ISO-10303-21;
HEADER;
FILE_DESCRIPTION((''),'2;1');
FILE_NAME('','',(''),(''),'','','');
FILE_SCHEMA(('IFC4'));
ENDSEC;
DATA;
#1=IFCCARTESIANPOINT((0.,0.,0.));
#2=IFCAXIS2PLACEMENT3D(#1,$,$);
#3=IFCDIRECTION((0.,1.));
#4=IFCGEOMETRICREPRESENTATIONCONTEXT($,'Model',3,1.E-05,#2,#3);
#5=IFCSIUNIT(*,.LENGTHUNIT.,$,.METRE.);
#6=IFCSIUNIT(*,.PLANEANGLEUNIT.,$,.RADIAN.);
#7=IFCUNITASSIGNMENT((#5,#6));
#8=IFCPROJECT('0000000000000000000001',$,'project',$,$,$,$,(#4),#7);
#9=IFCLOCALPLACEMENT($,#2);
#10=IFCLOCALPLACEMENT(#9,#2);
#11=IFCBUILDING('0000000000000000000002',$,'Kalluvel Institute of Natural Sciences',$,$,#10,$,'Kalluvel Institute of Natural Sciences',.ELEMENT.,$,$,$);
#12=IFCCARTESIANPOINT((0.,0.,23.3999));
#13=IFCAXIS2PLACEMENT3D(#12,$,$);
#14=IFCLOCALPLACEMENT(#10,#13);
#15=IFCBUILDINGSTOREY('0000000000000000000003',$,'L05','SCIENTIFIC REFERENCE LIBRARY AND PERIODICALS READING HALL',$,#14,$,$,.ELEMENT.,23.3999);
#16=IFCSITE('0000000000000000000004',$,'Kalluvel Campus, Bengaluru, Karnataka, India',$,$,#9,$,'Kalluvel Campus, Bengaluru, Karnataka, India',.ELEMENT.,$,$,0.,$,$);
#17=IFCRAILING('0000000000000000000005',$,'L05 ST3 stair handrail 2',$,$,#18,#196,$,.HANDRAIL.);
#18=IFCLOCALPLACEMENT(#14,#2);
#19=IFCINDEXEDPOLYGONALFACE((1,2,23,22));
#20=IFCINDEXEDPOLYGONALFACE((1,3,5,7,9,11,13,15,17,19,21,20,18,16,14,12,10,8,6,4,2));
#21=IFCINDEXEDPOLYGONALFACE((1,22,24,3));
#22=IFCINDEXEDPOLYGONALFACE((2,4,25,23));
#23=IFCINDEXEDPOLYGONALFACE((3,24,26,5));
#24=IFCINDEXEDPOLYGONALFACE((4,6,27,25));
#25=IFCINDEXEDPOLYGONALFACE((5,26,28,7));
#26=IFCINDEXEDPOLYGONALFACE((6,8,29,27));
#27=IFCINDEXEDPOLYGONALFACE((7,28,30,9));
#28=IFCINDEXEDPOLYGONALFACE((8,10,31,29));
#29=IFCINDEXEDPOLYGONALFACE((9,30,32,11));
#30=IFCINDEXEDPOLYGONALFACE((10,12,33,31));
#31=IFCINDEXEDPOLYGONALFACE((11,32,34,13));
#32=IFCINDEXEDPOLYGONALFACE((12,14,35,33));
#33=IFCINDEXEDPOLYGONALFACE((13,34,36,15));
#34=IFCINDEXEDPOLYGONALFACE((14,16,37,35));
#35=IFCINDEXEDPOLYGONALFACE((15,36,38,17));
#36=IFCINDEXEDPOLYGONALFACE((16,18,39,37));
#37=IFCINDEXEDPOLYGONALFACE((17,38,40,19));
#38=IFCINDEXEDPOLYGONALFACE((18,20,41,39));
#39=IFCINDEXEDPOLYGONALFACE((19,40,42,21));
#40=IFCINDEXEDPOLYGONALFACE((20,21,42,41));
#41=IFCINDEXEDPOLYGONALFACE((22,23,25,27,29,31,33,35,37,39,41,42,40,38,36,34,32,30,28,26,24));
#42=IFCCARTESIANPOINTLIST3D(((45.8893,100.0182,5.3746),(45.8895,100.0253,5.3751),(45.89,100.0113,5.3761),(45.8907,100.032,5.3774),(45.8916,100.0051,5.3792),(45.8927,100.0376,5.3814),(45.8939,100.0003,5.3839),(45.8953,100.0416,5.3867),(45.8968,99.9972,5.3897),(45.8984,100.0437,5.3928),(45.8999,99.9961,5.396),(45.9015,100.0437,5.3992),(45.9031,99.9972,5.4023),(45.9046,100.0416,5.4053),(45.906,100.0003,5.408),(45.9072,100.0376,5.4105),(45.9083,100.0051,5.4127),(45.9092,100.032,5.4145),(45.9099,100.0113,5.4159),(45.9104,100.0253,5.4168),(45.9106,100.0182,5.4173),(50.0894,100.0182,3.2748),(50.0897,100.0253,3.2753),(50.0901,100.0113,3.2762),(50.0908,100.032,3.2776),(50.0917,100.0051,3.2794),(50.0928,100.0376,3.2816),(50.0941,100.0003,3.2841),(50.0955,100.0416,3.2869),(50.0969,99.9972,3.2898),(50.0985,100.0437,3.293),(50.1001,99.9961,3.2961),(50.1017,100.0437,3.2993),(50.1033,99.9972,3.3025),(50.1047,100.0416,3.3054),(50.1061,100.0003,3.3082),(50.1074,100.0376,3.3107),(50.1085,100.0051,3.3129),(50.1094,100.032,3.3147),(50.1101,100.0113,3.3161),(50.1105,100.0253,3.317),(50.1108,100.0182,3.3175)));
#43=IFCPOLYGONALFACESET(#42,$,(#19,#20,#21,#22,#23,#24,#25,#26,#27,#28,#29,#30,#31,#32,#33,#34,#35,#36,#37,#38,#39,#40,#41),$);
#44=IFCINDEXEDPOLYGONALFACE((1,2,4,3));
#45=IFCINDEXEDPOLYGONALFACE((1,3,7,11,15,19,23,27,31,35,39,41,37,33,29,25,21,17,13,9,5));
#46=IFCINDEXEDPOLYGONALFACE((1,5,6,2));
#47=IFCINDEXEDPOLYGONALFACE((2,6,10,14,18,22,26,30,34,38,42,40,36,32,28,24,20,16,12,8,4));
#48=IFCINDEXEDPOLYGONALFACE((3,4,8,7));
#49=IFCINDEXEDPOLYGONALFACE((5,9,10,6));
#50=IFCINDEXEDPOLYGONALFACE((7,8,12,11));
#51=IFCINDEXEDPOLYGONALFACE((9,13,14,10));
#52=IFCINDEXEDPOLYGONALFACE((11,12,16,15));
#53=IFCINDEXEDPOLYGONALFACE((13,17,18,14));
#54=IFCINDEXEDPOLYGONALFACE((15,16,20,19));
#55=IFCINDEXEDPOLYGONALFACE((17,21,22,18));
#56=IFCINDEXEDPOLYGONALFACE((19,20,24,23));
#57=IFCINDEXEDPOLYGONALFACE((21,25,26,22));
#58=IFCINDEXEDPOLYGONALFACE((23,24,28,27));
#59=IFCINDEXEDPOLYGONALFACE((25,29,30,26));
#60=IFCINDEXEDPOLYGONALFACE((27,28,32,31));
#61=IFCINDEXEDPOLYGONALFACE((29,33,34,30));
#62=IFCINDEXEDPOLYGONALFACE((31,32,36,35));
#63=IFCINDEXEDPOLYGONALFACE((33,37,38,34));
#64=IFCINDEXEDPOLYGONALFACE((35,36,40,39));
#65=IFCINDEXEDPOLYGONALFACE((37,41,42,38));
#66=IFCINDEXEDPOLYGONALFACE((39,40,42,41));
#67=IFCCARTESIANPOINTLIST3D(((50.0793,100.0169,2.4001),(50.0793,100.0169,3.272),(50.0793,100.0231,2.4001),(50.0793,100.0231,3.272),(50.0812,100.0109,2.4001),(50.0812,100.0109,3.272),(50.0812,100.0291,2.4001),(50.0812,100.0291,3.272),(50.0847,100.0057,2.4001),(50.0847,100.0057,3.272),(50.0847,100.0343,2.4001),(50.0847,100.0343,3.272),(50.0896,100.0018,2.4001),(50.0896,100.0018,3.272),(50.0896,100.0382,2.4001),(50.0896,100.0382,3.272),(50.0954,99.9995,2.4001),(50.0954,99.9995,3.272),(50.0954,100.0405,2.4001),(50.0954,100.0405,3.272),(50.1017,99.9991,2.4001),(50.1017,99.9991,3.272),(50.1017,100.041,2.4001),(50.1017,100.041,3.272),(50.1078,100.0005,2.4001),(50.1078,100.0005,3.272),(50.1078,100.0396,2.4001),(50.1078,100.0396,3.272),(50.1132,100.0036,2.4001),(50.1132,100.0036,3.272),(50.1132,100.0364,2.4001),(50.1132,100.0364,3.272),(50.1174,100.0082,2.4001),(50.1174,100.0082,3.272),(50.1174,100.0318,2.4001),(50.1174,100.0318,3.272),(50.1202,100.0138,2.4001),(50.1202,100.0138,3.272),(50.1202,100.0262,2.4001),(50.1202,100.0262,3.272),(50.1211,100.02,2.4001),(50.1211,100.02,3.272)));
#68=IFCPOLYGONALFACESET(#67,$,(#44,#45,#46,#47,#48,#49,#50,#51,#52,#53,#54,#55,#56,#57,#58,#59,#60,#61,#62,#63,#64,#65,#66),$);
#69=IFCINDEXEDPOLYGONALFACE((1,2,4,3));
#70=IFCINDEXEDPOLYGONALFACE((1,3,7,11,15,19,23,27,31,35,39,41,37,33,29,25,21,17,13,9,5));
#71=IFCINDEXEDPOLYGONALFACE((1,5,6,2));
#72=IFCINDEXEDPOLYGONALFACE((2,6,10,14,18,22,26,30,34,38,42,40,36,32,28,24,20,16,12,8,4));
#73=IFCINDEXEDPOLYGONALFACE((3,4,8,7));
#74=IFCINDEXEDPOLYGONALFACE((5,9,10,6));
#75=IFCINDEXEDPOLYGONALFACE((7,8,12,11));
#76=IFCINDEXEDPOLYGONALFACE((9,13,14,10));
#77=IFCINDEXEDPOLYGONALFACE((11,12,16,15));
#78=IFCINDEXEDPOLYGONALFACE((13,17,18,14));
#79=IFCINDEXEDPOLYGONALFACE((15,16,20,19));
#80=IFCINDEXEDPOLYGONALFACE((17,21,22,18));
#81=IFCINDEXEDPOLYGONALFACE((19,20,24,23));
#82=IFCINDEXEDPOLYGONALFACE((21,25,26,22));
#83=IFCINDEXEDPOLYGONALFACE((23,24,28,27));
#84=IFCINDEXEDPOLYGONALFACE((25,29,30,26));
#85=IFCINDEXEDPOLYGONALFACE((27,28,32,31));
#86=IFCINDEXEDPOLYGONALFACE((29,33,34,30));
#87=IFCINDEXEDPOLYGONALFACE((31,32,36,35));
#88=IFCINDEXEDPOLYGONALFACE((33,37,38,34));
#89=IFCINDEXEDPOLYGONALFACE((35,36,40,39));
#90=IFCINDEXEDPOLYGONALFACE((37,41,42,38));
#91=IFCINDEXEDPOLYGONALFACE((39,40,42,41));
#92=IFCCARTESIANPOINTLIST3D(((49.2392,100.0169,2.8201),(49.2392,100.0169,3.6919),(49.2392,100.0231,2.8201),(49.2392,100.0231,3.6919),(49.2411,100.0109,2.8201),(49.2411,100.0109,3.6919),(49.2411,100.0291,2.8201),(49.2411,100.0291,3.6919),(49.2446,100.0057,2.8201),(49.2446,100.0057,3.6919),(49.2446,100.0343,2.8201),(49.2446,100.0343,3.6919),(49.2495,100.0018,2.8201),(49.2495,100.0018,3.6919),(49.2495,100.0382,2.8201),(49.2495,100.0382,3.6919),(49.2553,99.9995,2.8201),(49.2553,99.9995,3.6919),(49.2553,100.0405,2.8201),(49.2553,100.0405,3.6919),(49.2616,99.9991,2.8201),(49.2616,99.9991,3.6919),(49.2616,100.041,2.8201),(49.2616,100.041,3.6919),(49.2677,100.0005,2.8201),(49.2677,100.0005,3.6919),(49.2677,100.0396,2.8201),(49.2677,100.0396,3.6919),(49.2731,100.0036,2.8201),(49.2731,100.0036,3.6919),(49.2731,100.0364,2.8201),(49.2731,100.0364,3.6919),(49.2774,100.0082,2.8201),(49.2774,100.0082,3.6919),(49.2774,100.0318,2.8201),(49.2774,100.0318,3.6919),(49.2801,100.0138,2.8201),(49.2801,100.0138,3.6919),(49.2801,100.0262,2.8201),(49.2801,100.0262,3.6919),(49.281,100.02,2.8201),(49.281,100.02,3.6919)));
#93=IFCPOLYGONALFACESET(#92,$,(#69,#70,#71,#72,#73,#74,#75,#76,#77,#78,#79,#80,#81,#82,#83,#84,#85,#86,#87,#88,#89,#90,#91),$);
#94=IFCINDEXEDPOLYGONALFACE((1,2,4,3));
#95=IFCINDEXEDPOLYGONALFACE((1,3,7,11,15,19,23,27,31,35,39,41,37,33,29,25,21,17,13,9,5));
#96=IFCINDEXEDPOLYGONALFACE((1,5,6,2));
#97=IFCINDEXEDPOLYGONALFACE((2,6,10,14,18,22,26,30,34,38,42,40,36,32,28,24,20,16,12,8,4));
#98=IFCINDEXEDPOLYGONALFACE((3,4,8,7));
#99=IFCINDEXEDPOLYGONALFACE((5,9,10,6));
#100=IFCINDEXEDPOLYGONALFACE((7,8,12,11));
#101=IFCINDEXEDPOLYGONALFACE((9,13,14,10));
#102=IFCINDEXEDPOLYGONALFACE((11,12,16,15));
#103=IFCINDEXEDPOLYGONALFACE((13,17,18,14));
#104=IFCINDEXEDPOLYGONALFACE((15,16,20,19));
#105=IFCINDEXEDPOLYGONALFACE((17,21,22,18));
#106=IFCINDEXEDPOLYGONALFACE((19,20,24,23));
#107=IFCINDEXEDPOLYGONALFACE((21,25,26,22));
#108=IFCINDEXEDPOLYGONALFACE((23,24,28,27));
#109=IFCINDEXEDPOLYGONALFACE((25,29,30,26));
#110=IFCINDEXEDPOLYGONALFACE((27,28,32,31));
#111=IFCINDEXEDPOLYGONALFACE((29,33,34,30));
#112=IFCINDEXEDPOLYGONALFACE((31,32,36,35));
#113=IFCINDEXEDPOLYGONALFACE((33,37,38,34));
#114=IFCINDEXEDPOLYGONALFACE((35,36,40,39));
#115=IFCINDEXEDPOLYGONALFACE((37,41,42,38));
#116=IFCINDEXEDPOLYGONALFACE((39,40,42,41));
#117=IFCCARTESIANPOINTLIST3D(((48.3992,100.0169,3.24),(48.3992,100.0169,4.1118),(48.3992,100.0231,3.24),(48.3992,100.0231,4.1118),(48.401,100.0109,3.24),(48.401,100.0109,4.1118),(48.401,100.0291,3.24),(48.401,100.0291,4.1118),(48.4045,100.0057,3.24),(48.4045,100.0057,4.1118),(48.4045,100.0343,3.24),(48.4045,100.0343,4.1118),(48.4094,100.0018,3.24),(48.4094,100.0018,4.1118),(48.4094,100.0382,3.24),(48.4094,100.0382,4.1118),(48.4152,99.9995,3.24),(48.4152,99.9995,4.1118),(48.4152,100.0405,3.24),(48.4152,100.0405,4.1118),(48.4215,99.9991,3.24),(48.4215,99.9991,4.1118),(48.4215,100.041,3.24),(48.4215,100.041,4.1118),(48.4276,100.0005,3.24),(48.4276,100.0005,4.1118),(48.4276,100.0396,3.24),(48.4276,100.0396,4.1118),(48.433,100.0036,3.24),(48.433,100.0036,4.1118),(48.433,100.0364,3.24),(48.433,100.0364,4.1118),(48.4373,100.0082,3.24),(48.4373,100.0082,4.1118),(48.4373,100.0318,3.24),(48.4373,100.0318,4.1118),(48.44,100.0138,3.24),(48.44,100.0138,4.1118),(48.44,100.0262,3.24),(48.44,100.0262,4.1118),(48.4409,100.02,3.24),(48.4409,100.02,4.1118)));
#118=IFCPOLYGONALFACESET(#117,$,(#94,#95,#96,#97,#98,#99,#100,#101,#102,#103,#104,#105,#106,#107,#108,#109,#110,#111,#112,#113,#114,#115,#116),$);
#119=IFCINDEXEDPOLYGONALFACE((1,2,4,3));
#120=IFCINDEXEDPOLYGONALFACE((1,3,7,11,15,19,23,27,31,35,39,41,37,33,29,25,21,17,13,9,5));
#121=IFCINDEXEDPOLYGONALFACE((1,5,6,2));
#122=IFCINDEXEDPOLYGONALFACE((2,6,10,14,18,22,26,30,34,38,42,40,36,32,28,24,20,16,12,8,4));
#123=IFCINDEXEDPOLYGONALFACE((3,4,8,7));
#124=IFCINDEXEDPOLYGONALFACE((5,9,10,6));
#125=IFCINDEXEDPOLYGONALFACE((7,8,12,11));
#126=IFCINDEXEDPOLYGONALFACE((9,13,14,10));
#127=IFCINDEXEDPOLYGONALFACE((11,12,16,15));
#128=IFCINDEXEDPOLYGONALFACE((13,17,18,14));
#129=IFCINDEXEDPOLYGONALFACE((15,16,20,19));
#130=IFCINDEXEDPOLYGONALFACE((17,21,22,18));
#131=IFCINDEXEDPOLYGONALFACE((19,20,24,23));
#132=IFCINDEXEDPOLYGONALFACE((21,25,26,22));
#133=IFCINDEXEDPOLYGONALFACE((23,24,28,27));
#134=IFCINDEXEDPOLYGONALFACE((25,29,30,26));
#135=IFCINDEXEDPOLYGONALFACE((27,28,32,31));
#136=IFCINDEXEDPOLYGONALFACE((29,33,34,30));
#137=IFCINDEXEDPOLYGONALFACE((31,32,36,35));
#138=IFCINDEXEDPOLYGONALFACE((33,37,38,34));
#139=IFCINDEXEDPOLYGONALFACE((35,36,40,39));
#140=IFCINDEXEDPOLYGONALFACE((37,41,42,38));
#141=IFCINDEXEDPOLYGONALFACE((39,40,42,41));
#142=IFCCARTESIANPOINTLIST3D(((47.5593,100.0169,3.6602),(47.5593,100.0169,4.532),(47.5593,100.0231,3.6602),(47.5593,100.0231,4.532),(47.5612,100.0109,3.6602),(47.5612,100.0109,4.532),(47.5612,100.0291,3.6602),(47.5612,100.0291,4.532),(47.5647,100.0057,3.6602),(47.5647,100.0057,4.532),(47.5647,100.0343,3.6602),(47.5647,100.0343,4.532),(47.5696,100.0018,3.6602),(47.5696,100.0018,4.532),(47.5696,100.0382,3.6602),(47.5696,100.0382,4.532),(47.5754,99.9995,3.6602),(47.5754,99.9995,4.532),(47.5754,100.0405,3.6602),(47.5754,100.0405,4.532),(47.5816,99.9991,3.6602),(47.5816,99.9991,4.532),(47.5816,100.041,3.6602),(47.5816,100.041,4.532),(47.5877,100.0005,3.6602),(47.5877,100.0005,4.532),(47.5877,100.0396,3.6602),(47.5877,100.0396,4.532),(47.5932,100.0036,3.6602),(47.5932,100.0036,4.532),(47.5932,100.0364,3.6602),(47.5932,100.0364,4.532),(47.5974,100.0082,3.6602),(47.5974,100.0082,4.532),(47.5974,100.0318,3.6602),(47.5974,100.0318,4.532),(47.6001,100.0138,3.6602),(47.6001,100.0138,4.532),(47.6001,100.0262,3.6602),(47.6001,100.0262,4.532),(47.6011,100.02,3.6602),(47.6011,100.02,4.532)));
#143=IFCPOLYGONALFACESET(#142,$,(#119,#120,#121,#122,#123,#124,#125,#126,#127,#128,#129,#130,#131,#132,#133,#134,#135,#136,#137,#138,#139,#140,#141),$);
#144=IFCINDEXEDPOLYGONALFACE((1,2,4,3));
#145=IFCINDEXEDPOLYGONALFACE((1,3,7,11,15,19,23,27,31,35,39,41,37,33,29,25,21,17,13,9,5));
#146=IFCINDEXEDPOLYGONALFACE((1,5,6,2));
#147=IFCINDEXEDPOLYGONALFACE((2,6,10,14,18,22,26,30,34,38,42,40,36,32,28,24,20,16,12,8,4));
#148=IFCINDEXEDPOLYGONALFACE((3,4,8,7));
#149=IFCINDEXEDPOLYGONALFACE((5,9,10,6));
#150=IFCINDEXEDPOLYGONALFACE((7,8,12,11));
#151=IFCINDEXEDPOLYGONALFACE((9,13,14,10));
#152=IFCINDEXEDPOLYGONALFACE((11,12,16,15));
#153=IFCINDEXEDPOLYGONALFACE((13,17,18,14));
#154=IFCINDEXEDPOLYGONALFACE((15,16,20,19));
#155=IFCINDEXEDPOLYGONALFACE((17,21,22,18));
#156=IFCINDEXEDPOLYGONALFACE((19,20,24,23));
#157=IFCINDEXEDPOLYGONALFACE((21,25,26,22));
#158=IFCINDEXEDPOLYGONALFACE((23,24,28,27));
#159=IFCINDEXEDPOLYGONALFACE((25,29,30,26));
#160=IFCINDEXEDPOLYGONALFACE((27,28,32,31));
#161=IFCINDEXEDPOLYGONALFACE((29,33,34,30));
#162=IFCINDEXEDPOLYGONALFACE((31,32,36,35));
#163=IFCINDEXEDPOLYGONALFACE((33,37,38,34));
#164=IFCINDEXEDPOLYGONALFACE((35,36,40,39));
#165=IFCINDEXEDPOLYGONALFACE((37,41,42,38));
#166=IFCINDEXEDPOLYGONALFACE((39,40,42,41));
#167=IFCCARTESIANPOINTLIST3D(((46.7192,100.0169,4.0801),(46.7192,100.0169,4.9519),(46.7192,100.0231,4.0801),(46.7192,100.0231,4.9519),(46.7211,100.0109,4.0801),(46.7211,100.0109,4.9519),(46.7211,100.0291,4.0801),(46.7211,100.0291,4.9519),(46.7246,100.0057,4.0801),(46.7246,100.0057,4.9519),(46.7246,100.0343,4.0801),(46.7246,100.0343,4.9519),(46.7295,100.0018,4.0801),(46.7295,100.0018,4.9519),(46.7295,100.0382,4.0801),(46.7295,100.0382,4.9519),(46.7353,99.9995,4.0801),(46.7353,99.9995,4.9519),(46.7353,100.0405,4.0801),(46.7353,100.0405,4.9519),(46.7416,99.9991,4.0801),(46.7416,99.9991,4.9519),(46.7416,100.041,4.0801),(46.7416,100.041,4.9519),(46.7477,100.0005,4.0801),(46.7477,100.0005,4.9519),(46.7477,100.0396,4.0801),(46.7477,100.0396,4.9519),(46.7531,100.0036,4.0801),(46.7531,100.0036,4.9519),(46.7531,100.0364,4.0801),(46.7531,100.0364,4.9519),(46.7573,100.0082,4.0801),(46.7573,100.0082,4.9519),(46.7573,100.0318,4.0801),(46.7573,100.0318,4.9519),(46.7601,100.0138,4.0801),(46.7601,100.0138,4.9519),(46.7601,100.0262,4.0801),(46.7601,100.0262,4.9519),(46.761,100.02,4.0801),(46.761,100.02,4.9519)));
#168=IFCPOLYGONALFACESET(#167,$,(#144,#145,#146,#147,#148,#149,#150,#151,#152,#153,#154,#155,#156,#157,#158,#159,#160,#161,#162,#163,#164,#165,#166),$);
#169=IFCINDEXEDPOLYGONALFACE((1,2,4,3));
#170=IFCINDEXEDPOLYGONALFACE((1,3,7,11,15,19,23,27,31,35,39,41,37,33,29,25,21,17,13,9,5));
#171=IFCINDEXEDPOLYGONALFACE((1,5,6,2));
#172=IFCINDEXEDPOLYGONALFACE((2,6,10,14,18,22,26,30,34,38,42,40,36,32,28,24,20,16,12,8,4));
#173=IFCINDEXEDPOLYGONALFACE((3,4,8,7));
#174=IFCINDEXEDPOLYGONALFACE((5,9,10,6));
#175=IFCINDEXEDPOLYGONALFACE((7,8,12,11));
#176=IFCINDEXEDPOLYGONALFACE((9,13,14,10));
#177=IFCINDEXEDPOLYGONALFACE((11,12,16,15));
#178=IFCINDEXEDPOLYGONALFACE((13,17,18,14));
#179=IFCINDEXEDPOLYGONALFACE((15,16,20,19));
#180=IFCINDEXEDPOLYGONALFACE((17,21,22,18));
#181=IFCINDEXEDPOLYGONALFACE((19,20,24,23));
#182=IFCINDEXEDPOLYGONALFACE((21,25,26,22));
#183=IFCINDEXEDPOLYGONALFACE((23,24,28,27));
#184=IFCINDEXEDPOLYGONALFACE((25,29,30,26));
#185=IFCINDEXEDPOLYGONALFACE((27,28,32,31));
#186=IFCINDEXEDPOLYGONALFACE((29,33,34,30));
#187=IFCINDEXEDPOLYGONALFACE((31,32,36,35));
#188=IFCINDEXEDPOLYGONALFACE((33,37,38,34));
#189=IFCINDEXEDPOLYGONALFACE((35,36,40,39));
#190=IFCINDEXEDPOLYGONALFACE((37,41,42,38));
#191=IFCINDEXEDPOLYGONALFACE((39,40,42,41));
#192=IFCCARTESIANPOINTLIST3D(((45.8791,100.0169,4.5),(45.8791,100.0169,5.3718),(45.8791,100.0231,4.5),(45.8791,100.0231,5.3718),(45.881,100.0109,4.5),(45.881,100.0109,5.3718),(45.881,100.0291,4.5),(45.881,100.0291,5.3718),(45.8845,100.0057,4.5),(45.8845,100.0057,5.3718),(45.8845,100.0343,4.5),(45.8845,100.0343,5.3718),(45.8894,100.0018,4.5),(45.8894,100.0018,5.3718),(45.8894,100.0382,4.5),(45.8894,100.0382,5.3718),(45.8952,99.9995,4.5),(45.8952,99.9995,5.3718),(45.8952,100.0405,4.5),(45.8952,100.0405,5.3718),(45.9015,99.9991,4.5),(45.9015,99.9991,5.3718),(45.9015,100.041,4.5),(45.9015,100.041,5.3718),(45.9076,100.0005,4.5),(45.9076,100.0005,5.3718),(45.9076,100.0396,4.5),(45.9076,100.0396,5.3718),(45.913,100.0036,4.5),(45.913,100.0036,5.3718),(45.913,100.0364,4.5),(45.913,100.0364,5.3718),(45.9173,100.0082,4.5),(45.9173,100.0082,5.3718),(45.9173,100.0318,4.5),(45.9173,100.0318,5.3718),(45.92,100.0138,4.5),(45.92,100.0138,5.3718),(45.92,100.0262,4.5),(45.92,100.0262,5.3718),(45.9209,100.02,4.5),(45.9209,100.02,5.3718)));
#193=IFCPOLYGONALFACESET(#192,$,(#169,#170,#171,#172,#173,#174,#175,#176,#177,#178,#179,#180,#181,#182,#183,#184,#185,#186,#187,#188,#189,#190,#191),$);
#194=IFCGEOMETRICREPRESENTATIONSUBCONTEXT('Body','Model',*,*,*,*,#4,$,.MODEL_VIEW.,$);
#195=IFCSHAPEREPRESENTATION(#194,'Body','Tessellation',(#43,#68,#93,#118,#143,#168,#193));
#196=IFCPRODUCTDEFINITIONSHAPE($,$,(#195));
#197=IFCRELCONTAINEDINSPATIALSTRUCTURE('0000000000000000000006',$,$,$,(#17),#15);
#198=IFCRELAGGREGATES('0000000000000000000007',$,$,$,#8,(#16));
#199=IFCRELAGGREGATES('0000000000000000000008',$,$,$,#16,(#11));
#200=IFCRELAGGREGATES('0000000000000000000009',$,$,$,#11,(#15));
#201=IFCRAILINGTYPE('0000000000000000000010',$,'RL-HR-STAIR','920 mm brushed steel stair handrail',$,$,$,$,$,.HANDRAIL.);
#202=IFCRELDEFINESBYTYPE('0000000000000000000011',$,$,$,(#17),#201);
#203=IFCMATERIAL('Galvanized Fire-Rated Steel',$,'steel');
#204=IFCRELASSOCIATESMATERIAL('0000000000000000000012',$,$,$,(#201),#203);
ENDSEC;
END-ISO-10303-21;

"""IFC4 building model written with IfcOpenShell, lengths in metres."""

from ifc_helpers import new_model, si_unit, direction, frame, origin, origin_2d, place, context, subcontext, project, spatial, circle, extrude, material, type_object, element, save


model = new_model("IFC4")

# Units and contexts
model_context = context("Model", 3, precision=1e-05, world=origin(), true_north=direction((0.0, 1.0)))
body_context = subcontext(model_context, "Body", "Model", "MODEL_VIEW")
ifc_project = project(units=[si_unit("LENGTHUNIT", "METRE"), si_unit("PLANEANGLEUNIT", "RADIAN")], contexts=[model_context])

# Site, building, storey
site_placement = place(None, origin())
site = spatial("IfcSite", under=ifc_project, at=site_placement, Name="Kalluvel Campus, Bengaluru, Karnataka, India", LongName="Kalluvel Campus, Bengaluru, Karnataka, India", CompositionType="ELEMENT", RefElevation=0.0)
building_placement = place(site_placement, origin())
building = spatial("IfcBuilding", under=site, at=building_placement, Name="Kalluvel Institute of Natural Sciences", LongName="Kalluvel Institute of Natural Sciences", CompositionType="ELEMENT")
storey_placement = place(building_placement, frame((0.0, 0.0, 23.3999)))
storey = spatial("IfcBuildingStorey", under=building, at=storey_placement, Name="L05", Description="SCIENTIFIC REFERENCE LIBRARY AND PERIODICALS READING HALL", CompositionType="ELEMENT", Elevation=23.3999)

# Shared definitions
ifc_material_1 = material(Name="Galvanized Fire-Rated Steel", Category="steel")

# Railing
railing_type_1 = type_object("IfcRailingType", Name="RL-HR-STAIR", Description="920 mm brushed steel stair handrail", PredefinedType="HANDRAIL", material=ifc_material_1)
railing_1_placement = place(storey_placement, frame((50.1001, 100.02, 2.4001)))
element("IfcRailing", 1, at=railing_1_placement, inside=storey, type_object=railing_type_1, Name="L05 ST3 stair handrail 2", PredefinedType="HANDRAIL", context=body_context, shape_type="SweptSolid", body=[
    extrude(circle(Radius=0.0239, at=origin_2d()), frame((0.0, 0.0, 0.896), z_axis=(-0.894448, 0.0, 0.447172), x_axis=(0.0, -1.0, 0.0)), (0.0, 0.0, 1.0), 4.6958),
    extrude(circle(Radius=0.021, at=origin_2d()), origin(), (0.0, 0.0, 1.0), 0.8718),
    extrude(circle(Radius=0.021, at=origin_2d()), frame((-0.8401, 0.0, 0.4199)), (0.0, 0.0, 1.0), 0.8718),
    extrude(circle(Radius=0.021, at=origin_2d()), frame((-1.6802, 0.0, 0.8398)), (0.0, 0.0, 1.0), 0.8718),
    extrude(circle(Radius=0.021, at=origin_2d()), frame((-2.52, 0.0, 1.26)), (0.0, 0.0, 1.0), 0.8718),
    extrude(circle(Radius=0.021, at=origin_2d()), frame((-3.3601, 0.0, 1.6799)), (0.0, 0.0, 1.0), 0.8718),
    extrude(circle(Radius=0.021, at=origin_2d()), frame((-4.2002, 0.0, 2.0999)), (0.0, 0.0, 1.0), 0.8718),
])

save(model, "model.ifc")
